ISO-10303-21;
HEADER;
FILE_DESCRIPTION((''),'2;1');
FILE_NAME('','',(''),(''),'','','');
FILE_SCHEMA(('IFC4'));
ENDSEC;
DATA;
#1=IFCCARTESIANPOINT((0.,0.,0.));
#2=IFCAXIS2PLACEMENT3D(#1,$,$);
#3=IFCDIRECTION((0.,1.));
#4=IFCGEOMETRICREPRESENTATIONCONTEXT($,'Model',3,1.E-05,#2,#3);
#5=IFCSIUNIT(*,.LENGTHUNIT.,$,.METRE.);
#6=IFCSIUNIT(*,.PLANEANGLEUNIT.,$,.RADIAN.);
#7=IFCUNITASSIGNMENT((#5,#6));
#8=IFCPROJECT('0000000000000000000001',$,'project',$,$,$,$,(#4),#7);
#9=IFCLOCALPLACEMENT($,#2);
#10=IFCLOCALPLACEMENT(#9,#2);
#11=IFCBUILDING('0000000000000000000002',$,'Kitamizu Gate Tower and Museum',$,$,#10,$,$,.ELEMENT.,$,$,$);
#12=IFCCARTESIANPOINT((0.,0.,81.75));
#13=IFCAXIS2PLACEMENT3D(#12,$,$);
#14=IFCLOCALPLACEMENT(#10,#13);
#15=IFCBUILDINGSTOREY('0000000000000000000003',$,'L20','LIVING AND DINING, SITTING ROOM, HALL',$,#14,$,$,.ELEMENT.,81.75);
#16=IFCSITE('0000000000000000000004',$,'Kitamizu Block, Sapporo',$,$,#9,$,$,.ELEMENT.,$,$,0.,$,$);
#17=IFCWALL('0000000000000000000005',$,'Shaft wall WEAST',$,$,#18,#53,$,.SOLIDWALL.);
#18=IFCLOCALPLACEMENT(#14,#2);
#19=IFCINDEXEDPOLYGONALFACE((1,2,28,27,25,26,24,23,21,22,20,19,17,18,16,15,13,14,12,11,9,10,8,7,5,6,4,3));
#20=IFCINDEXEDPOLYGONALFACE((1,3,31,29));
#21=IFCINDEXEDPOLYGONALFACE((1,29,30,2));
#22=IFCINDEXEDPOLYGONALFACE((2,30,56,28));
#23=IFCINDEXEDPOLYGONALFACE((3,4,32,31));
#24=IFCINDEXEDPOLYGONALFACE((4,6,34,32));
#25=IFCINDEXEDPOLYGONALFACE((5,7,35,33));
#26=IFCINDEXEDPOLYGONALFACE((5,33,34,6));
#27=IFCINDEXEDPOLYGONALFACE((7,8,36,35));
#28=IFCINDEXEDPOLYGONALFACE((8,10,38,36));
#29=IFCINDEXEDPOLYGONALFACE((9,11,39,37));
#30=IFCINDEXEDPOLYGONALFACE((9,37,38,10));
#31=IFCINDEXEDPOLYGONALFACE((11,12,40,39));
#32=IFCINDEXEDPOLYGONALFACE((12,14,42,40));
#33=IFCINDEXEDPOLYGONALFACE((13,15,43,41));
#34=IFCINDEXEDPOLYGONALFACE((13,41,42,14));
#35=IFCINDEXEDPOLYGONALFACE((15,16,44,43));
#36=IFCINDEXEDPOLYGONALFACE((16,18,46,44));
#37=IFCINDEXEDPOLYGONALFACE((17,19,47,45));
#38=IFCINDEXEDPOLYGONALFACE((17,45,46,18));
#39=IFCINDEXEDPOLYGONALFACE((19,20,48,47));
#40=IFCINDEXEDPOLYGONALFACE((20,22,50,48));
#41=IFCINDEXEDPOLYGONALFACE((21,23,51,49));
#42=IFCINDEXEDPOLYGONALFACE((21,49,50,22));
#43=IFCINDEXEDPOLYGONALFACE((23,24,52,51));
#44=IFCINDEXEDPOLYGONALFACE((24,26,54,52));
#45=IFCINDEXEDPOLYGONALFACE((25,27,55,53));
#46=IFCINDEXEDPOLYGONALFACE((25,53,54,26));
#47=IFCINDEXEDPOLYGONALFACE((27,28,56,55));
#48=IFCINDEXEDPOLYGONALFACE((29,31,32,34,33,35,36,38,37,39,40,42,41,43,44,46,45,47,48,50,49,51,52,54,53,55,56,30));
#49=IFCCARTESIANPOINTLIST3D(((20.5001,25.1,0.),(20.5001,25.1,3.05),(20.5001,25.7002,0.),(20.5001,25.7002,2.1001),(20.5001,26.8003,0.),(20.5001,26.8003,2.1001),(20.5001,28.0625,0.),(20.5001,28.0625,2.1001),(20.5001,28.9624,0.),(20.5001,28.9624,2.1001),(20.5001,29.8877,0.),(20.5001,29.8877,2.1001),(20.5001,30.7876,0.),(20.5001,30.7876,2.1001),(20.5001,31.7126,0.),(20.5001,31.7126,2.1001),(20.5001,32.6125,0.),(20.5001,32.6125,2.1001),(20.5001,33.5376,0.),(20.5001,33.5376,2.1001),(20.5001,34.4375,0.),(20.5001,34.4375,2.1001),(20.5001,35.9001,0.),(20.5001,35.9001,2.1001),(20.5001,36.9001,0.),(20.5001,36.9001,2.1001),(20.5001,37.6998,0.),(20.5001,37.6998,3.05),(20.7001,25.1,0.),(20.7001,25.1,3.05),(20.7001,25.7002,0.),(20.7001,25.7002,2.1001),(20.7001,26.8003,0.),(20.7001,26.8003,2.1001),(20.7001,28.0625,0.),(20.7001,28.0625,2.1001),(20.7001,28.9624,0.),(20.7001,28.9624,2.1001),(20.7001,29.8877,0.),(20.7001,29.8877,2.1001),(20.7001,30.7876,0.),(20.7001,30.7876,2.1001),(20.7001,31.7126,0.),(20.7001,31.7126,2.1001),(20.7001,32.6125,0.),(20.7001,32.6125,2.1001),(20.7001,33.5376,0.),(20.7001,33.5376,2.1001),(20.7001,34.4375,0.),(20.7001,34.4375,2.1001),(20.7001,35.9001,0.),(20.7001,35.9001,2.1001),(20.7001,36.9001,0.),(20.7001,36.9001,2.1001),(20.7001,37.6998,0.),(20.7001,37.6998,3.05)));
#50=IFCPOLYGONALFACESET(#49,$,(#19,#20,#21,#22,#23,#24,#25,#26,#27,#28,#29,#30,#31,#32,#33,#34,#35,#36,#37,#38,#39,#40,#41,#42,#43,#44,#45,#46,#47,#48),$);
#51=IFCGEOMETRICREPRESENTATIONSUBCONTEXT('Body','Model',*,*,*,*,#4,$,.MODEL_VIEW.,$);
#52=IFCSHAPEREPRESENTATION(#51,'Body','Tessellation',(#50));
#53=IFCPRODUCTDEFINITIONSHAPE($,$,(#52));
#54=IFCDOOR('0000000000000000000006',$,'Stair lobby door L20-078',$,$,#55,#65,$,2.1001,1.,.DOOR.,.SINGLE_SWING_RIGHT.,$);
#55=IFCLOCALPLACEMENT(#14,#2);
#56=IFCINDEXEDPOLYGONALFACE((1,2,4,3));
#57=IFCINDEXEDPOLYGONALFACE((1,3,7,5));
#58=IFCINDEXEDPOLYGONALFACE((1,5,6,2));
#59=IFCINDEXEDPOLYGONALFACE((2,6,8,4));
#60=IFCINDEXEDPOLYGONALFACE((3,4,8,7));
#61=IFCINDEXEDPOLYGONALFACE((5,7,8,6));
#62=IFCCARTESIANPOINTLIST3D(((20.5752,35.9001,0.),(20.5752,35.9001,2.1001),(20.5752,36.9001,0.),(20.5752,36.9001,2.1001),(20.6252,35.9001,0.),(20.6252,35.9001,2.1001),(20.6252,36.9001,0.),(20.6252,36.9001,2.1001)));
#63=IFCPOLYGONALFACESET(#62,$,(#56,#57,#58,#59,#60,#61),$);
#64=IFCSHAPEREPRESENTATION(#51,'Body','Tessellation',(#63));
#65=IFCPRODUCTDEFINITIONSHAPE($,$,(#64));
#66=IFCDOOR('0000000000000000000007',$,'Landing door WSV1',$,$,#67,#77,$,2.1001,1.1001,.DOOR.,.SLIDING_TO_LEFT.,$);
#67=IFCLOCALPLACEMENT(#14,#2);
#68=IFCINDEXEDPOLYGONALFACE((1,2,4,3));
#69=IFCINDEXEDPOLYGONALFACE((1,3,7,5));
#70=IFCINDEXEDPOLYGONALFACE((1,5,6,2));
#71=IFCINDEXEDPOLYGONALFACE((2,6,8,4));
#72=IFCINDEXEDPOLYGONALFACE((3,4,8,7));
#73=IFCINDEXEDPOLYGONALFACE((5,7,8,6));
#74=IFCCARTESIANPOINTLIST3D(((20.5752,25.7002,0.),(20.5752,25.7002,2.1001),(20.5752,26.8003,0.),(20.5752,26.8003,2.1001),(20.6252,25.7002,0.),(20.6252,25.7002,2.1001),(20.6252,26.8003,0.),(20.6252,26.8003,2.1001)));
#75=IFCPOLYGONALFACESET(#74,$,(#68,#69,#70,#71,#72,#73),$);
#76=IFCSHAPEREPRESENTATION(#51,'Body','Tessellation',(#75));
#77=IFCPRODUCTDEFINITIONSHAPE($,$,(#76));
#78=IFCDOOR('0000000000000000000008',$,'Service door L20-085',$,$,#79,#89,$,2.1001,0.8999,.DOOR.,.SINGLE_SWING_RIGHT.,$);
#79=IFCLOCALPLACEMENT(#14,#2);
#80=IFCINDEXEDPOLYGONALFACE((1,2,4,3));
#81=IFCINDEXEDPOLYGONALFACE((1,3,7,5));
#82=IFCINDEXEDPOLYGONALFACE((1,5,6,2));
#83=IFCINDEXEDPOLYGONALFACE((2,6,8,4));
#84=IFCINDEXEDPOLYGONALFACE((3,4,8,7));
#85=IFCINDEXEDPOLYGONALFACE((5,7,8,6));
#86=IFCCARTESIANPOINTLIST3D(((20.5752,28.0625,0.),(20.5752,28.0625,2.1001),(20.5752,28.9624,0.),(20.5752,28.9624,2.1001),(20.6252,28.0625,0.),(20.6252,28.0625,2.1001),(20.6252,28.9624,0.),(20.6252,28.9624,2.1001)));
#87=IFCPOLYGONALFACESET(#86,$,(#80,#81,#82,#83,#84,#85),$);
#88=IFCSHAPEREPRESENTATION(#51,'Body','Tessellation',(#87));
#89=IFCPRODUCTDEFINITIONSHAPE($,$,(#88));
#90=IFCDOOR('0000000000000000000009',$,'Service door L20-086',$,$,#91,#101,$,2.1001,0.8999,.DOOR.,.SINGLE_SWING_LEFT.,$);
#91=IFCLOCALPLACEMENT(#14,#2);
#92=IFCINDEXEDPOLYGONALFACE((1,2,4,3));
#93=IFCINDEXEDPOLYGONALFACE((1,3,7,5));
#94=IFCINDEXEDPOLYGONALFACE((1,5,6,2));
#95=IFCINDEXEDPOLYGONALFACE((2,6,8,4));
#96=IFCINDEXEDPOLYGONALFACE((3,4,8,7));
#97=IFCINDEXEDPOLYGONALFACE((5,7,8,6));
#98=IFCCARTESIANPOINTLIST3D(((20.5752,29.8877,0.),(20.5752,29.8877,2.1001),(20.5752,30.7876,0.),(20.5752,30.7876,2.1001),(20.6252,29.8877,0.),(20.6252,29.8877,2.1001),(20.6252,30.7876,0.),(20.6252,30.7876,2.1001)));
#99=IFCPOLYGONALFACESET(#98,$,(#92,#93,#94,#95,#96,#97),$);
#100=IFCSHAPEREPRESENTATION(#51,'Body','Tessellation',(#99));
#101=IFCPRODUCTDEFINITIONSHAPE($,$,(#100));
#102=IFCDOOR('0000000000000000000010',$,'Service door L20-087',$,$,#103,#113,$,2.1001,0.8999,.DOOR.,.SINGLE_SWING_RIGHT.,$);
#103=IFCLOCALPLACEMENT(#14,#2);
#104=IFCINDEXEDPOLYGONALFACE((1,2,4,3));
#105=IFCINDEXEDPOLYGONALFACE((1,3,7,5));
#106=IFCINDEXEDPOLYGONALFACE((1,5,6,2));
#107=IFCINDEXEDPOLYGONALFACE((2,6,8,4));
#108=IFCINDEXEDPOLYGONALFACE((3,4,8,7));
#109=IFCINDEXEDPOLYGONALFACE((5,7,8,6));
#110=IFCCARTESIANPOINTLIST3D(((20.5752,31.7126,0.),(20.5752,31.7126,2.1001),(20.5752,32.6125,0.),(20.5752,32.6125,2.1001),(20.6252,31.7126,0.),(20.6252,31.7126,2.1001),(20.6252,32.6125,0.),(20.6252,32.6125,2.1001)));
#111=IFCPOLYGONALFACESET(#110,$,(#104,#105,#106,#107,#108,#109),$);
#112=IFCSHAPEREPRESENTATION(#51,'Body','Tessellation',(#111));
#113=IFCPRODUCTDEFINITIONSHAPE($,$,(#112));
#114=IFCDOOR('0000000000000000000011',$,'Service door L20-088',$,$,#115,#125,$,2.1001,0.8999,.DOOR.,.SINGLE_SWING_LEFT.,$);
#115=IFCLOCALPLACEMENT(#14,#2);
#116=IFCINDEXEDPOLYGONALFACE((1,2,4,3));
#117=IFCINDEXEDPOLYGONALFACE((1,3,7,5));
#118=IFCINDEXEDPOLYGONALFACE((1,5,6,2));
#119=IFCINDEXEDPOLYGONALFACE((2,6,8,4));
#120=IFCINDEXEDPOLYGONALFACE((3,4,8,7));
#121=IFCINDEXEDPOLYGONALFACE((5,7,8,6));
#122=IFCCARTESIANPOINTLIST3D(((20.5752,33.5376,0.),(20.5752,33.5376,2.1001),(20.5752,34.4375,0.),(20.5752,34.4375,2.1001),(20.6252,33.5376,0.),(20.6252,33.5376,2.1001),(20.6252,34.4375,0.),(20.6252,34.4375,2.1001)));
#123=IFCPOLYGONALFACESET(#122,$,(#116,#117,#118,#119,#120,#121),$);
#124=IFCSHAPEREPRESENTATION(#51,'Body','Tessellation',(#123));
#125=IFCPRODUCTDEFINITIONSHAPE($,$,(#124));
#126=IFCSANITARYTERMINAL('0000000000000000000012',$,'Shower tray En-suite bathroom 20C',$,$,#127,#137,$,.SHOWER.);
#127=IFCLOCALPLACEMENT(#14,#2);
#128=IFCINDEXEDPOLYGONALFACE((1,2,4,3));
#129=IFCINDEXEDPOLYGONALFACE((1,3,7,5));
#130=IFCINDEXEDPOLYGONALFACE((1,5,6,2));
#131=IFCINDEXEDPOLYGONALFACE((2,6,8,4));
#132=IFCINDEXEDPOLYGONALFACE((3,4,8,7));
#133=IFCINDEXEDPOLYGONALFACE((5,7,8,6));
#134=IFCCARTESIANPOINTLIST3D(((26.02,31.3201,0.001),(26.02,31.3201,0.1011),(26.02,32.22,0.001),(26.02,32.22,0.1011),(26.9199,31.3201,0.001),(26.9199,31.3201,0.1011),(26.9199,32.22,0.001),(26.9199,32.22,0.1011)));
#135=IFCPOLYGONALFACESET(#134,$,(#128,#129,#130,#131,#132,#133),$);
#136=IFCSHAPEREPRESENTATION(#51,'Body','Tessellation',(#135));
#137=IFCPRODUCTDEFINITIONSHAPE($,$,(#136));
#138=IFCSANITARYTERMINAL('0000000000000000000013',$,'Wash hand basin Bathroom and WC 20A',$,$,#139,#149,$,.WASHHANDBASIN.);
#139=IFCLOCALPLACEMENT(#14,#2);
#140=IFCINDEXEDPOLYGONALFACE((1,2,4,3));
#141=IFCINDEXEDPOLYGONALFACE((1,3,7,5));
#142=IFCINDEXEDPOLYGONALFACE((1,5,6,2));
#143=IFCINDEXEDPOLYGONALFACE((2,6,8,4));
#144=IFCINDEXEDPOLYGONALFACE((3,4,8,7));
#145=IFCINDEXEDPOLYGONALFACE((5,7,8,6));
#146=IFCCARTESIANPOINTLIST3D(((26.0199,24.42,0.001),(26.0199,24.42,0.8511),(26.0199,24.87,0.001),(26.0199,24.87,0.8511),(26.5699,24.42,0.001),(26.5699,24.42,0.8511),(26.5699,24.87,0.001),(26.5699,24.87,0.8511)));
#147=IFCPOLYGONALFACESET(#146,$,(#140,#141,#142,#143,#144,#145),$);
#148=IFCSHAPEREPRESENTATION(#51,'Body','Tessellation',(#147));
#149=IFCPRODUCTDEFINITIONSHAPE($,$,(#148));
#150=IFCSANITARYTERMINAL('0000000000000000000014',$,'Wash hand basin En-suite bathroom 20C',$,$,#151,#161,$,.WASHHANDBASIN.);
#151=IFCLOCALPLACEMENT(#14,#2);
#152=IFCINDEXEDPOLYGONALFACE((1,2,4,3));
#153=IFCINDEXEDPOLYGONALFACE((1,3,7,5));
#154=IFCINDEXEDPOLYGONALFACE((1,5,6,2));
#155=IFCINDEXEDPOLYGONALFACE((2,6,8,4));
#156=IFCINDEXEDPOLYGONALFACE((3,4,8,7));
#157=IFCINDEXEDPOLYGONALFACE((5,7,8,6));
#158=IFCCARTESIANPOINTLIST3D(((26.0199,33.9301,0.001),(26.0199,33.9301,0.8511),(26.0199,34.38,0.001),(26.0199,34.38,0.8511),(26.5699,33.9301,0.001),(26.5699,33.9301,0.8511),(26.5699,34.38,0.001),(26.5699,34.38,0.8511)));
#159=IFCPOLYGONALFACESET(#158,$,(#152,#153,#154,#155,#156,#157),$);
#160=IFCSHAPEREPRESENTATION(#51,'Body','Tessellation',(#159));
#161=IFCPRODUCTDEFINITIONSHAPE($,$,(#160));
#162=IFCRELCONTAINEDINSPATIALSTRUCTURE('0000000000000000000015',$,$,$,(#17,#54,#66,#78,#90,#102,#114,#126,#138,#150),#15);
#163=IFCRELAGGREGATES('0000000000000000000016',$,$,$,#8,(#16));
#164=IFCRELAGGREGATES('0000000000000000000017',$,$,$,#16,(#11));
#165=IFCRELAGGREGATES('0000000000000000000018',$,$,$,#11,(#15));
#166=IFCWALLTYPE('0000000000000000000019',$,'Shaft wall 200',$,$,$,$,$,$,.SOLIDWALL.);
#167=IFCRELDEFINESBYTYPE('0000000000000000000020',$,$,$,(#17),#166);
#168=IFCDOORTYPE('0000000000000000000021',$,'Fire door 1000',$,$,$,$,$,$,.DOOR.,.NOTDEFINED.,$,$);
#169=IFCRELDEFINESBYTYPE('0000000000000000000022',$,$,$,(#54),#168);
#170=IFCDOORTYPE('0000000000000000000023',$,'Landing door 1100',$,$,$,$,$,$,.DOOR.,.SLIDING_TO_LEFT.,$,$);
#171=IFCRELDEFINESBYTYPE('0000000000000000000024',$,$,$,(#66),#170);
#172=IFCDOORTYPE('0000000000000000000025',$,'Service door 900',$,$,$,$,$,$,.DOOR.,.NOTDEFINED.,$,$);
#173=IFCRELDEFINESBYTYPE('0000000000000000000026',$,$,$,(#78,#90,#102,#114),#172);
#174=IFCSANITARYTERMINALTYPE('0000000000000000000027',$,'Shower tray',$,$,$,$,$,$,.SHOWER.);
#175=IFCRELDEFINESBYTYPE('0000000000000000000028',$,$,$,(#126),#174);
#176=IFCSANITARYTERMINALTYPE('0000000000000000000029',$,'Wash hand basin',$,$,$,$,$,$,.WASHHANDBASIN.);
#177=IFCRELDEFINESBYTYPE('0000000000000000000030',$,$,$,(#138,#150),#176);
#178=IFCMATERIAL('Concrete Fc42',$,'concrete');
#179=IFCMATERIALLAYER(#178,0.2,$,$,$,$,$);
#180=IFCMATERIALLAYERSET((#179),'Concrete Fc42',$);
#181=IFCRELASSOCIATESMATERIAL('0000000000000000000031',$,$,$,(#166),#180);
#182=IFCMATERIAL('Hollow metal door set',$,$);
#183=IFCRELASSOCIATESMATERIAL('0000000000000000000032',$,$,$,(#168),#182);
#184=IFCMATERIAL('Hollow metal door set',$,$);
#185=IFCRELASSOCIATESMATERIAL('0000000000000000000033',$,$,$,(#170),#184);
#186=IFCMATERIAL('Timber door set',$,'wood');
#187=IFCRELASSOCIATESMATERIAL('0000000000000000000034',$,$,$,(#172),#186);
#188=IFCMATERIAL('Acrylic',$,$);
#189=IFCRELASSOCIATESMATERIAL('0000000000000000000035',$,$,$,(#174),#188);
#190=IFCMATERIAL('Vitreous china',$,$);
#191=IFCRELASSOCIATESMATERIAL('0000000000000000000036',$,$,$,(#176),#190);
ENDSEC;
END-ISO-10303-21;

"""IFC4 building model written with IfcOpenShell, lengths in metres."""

from ifc_helpers import new_model, si_unit, direction, frame, frame_2d, origin, origin_2d, place, context, subcontext, project, spatial, rectangle, extrude, material, layer, layer_set, type_object, element, fill, save


model = new_model("IFC4")

# Units and contexts
model_context = context("Model", 3, precision=1e-05, world=origin(), true_north=direction((0.0, 1.0)))
body_context = subcontext(model_context, "Body", "Model", "MODEL_VIEW")
ifc_project = project(units=[si_unit("LENGTHUNIT", "METRE"), si_unit("PLANEANGLEUNIT", "RADIAN")], contexts=[model_context])

# Site, building, storey
site_placement = place(None, origin())
site = spatial("IfcSite", under=ifc_project, at=site_placement, Name="Kitamizu Block, Sapporo", CompositionType="ELEMENT", RefElevation=0.0)
building_placement = place(site_placement, origin())
building = spatial("IfcBuilding", under=site, at=building_placement, Name="Kitamizu Gate Tower and Museum", CompositionType="ELEMENT")
storey_placement = place(building_placement, frame((0.0, 0.0, 81.75)))
storey = spatial("IfcBuildingStorey", under=building, at=storey_placement, Name="L20", Description="LIVING AND DINING, SITTING ROOM, HALL", CompositionType="ELEMENT", Elevation=81.75)

# Wall, openings, doors
ifc_material_1 = material(Name="Concrete Fc42", Category="concrete")
ifc_layer_1 = layer(ifc_material_1, 0.2)
ifc_layer_set_1 = layer_set([ifc_layer_1], Name="Concrete Fc42")
wall_type_1 = type_object("IfcWallType", Name="Shaft wall 200", PredefinedType="SOLIDWALL", material=ifc_layer_set_1)
wall_1_placement = place(storey_placement, frame((20.6001, 25.1001, 0.0), z_axis=(0.0, 0.0, 1.0), x_axis=(0.0, 1.0, 0.0)))
wall_1 = element("IfcWall", 1, at=wall_1_placement, inside=storey, type_object=wall_type_1, Name="Shaft wall WEAST", PredefinedType="SOLIDWALL", context=body_context, shape_type="SweptSolid", body=[
    extrude(rectangle(XDim=12.5999, YDim=0.2, at=frame_2d((6.2998, 0.0))), origin(), (0.0, 0.0, 1.0), 3.05),
])
opening_1_placement = place(wall_1_placement, frame((0.6001, 0.0, 0.0)))
opening_1 = element("IfcOpeningElement", 2, at=opening_1_placement, cuts=wall_1, PredefinedType="OPENING", context=body_context, shape_type="SweptSolid", body=[
    extrude(rectangle(XDim=1.1001, YDim=2.1001, at=frame_2d((0.55, 1.05))), frame((0.0, 0.1099, 0.0), z_axis=(0.0, -1.0, 0.0), x_axis=(1.0, 0.0, 0.0)), (0.0, 0.0, 1.0), 0.22),
])
opening_2_placement = place(wall_1_placement, frame((10.8, 0.0, 0.0)))
opening_2 = element("IfcOpeningElement", 3, at=opening_2_placement, cuts=wall_1, PredefinedType="OPENING", context=body_context, shape_type="SweptSolid", body=[
    extrude(rectangle(XDim=1.0, YDim=2.1001, at=frame_2d((0.5, 1.05))), frame((0.0, 0.1099, 0.0), z_axis=(0.0, -1.0, 0.0), x_axis=(1.0, 0.0, 0.0)), (0.0, 0.0, 1.0), 0.22),
])
opening_3_placement = place(wall_1_placement, frame((2.9624, 0.0, 0.0)))
opening_3 = element("IfcOpeningElement", 4, at=opening_3_placement, cuts=wall_1, PredefinedType="OPENING", context=body_context, shape_type="SweptSolid", body=[
    extrude(rectangle(XDim=0.8999, YDim=2.1001, at=frame_2d((0.45, 1.05))), frame((0.0, 0.1099, 0.0), z_axis=(0.0, -1.0, 0.0), x_axis=(1.0, 0.0, 0.0)), (0.0, 0.0, 1.0), 0.22),
])
opening_4_placement = place(wall_1_placement, frame((4.7876, 0.0, 0.0)))
opening_4 = element("IfcOpeningElement", 5, at=opening_4_placement, cuts=wall_1, PredefinedType="OPENING", context=body_context, shape_type="SweptSolid", body=[
    extrude(rectangle(XDim=0.8999, YDim=2.1001, at=frame_2d((0.45, 1.05))), frame((0.0, 0.1099, 0.0), z_axis=(0.0, -1.0, 0.0), x_axis=(1.0, 0.0, 0.0)), (0.0, 0.0, 1.0), 0.22),
])
opening_5_placement = place(wall_1_placement, frame((6.6125, 0.0, 0.0)))
opening_5 = element("IfcOpeningElement", 6, at=opening_5_placement, cuts=wall_1, PredefinedType="OPENING", context=body_context, shape_type="SweptSolid", body=[
    extrude(rectangle(XDim=0.8999, YDim=2.1001, at=frame_2d((0.45, 1.05))), frame((0.0, 0.1099, 0.0), z_axis=(0.0, -1.0, 0.0), x_axis=(1.0, 0.0, 0.0)), (0.0, 0.0, 1.0), 0.22),
])
opening_6_placement = place(wall_1_placement, frame((8.4375, 0.0, 0.0)))
opening_6 = element("IfcOpeningElement", 7, at=opening_6_placement, cuts=wall_1, PredefinedType="OPENING", context=body_context, shape_type="SweptSolid", body=[
    extrude(rectangle(XDim=0.8999, YDim=2.1001, at=frame_2d((0.45, 1.05))), frame((0.0, 0.1099, 0.0), z_axis=(0.0, -1.0, 0.0), x_axis=(1.0, 0.0, 0.0)), (0.0, 0.0, 1.0), 0.22),
])
ifc_material_2 = material(Name="Hollow metal door set")
door_type_1 = type_object("IfcDoorType", Name="Fire door 1000", OperationType="NOTDEFINED", PredefinedType="DOOR", material=ifc_material_2)
door_1_placement = place(opening_2_placement, origin())
door_1 = element("IfcDoor", 8, at=door_1_placement, inside=storey, type_object=door_type_1, Name="Stair lobby door L20-078", OperationType="SINGLE_SWING_RIGHT", OverallHeight=2.1001, OverallWidth=1.0, PredefinedType="DOOR", context=body_context, shape_type="SweptSolid", body=[
    extrude(rectangle(XDim=1.0, YDim=2.1001, at=frame_2d((0.5, 1.05))), frame((0.0, 0.0249, 0.0), z_axis=(0.0, -1.0, 0.0), x_axis=(1.0, 0.0, 0.0)), (0.0, 0.0, 1.0), 0.05),
])
fill(opening_2, door_1)
ifc_material_3 = material(Name="Hollow metal door set")
door_type_2 = type_object("IfcDoorType", Name="Landing door 1100", OperationType="SLIDING_TO_LEFT", PredefinedType="DOOR", material=ifc_material_3)
door_2_placement = place(opening_1_placement, origin())
door_2 = element("IfcDoor", 9, at=door_2_placement, inside=storey, type_object=door_type_2, Name="Landing door WSV1", OperationType="SLIDING_TO_LEFT", OverallHeight=2.1001, OverallWidth=1.1001, PredefinedType="DOOR", context=body_context, shape_type="SweptSolid", body=[
    extrude(rectangle(XDim=1.1001, YDim=2.1001, at=frame_2d((0.55, 1.05))), frame((0.0, 0.0249, 0.0), z_axis=(0.0, -1.0, 0.0), x_axis=(1.0, 0.0, 0.0)), (0.0, 0.0, 1.0), 0.05),
])
fill(opening_1, door_2)
ifc_material_4 = material(Name="Timber door set", Category="wood")
door_type_3 = type_object("IfcDoorType", Name="Service door 900", OperationType="NOTDEFINED", PredefinedType="DOOR", material=ifc_material_4)
door_3_placement = place(opening_3_placement, origin())
door_3 = element("IfcDoor", 10, at=door_3_placement, inside=storey, type_object=door_type_3, Name="Service door L20-085", OperationType="SINGLE_SWING_RIGHT", OverallHeight=2.1001, OverallWidth=0.8999, PredefinedType="DOOR", context=body_context, shape_type="SweptSolid", body=[
    extrude(rectangle(XDim=0.8999, YDim=2.1001, at=frame_2d((0.45, 1.05))), frame((0.0, 0.0249, 0.0), z_axis=(0.0, -1.0, 0.0), x_axis=(1.0, 0.0, 0.0)), (0.0, 0.0, 1.0), 0.05),
])
fill(opening_3, door_3)
door_4_placement = place(opening_4_placement, origin())
door_4 = element("IfcDoor", 11, at=door_4_placement, inside=storey, type_object=door_type_3, Name="Service door L20-086", OperationType="SINGLE_SWING_LEFT", OverallHeight=2.1001, OverallWidth=0.8999, PredefinedType="DOOR", context=body_context, shape_type="SweptSolid", body=[
    extrude(rectangle(XDim=0.8999, YDim=2.1001, at=frame_2d((0.45, 1.05))), frame((0.0, 0.0249, 0.0), z_axis=(0.0, -1.0, 0.0), x_axis=(1.0, 0.0, 0.0)), (0.0, 0.0, 1.0), 0.05),
])
fill(opening_4, door_4)
door_5_placement = place(opening_5_placement, origin())
door_5 = element("IfcDoor", 12, at=door_5_placement, inside=storey, type_object=door_type_3, Name="Service door L20-087", OperationType="SINGLE_SWING_RIGHT", OverallHeight=2.1001, OverallWidth=0.8999, PredefinedType="DOOR", context=body_context, shape_type="SweptSolid", body=[
    extrude(rectangle(XDim=0.8999, YDim=2.1001, at=frame_2d((0.45, 1.05))), frame((0.0, 0.0249, 0.0), z_axis=(0.0, -1.0, 0.0), x_axis=(1.0, 0.0, 0.0)), (0.0, 0.0, 1.0), 0.05),
])
fill(opening_5, door_5)
door_6_placement = place(opening_6_placement, origin())
door_6 = element("IfcDoor", 13, at=door_6_placement, inside=storey, type_object=door_type_3, Name="Service door L20-088", OperationType="SINGLE_SWING_LEFT", OverallHeight=2.1001, OverallWidth=0.8999, PredefinedType="DOOR", context=body_context, shape_type="SweptSolid", body=[
    extrude(rectangle(XDim=0.8999, YDim=2.1001, at=frame_2d((0.45, 1.05))), frame((0.0, 0.0249, 0.0), z_axis=(0.0, -1.0, 0.0), x_axis=(1.0, 0.0, 0.0)), (0.0, 0.0, 1.0), 0.05),
])
fill(opening_6, door_6)

# Sanitary terminals
ifc_material_5 = material(Name="Acrylic")
sanitary_terminal_type_1 = type_object("IfcSanitaryTerminalType", Name="Shower tray", PredefinedType="SHOWER", material=ifc_material_5)
sanitary_terminal_1_placement = place(storey_placement, frame((26.47, 31.77, 0.001), z_axis=(0.0, 0.0, 1.0), x_axis=(1.0, 0.0, 0.0)))
element("IfcSanitaryTerminal", 14, at=sanitary_terminal_1_placement, inside=storey, type_object=sanitary_terminal_type_1, Name="Shower tray En-suite bathroom 20C", PredefinedType="SHOWER", context=body_context, shape_type="SweptSolid", body=[
    extrude(rectangle(XDim=0.8999, YDim=0.8999, at=origin_2d()), origin(), (0.0, 0.0, 1.0), 0.1001),
])
ifc_material_6 = material(Name="Vitreous china")
sanitary_terminal_type_2 = type_object("IfcSanitaryTerminalType", Name="Wash hand basin", PredefinedType="WASHHANDBASIN", material=ifc_material_6)
for number, where, z_axis, x_axis, name in (
    (15, (26.2949, 24.645, 0.001), (0.0, 0.0, 1.0), (1.0, 0.0, 0.0), "Wash hand basin Bathroom and WC 20A"),
    (16, (26.2949, 34.155, 0.001), (0.0, 0.0, 1.0), (1.0, 0.0, 0.0), "Wash hand basin En-suite bathroom 20C"),
):
    element("IfcSanitaryTerminal", number, at=place(storey_placement, frame(where, z_axis=z_axis, x_axis=x_axis)), inside=storey, type_object=sanitary_terminal_type_2, Name=name, PredefinedType="WASHHANDBASIN", context=body_context, shape_type="SweptSolid", body=[
        extrude(rectangle(XDim=0.55, YDim=0.45, at=origin_2d()), origin(), (0.0, 0.0, 1.0), 0.8501),
    ])

save(model, "model.ifc")
